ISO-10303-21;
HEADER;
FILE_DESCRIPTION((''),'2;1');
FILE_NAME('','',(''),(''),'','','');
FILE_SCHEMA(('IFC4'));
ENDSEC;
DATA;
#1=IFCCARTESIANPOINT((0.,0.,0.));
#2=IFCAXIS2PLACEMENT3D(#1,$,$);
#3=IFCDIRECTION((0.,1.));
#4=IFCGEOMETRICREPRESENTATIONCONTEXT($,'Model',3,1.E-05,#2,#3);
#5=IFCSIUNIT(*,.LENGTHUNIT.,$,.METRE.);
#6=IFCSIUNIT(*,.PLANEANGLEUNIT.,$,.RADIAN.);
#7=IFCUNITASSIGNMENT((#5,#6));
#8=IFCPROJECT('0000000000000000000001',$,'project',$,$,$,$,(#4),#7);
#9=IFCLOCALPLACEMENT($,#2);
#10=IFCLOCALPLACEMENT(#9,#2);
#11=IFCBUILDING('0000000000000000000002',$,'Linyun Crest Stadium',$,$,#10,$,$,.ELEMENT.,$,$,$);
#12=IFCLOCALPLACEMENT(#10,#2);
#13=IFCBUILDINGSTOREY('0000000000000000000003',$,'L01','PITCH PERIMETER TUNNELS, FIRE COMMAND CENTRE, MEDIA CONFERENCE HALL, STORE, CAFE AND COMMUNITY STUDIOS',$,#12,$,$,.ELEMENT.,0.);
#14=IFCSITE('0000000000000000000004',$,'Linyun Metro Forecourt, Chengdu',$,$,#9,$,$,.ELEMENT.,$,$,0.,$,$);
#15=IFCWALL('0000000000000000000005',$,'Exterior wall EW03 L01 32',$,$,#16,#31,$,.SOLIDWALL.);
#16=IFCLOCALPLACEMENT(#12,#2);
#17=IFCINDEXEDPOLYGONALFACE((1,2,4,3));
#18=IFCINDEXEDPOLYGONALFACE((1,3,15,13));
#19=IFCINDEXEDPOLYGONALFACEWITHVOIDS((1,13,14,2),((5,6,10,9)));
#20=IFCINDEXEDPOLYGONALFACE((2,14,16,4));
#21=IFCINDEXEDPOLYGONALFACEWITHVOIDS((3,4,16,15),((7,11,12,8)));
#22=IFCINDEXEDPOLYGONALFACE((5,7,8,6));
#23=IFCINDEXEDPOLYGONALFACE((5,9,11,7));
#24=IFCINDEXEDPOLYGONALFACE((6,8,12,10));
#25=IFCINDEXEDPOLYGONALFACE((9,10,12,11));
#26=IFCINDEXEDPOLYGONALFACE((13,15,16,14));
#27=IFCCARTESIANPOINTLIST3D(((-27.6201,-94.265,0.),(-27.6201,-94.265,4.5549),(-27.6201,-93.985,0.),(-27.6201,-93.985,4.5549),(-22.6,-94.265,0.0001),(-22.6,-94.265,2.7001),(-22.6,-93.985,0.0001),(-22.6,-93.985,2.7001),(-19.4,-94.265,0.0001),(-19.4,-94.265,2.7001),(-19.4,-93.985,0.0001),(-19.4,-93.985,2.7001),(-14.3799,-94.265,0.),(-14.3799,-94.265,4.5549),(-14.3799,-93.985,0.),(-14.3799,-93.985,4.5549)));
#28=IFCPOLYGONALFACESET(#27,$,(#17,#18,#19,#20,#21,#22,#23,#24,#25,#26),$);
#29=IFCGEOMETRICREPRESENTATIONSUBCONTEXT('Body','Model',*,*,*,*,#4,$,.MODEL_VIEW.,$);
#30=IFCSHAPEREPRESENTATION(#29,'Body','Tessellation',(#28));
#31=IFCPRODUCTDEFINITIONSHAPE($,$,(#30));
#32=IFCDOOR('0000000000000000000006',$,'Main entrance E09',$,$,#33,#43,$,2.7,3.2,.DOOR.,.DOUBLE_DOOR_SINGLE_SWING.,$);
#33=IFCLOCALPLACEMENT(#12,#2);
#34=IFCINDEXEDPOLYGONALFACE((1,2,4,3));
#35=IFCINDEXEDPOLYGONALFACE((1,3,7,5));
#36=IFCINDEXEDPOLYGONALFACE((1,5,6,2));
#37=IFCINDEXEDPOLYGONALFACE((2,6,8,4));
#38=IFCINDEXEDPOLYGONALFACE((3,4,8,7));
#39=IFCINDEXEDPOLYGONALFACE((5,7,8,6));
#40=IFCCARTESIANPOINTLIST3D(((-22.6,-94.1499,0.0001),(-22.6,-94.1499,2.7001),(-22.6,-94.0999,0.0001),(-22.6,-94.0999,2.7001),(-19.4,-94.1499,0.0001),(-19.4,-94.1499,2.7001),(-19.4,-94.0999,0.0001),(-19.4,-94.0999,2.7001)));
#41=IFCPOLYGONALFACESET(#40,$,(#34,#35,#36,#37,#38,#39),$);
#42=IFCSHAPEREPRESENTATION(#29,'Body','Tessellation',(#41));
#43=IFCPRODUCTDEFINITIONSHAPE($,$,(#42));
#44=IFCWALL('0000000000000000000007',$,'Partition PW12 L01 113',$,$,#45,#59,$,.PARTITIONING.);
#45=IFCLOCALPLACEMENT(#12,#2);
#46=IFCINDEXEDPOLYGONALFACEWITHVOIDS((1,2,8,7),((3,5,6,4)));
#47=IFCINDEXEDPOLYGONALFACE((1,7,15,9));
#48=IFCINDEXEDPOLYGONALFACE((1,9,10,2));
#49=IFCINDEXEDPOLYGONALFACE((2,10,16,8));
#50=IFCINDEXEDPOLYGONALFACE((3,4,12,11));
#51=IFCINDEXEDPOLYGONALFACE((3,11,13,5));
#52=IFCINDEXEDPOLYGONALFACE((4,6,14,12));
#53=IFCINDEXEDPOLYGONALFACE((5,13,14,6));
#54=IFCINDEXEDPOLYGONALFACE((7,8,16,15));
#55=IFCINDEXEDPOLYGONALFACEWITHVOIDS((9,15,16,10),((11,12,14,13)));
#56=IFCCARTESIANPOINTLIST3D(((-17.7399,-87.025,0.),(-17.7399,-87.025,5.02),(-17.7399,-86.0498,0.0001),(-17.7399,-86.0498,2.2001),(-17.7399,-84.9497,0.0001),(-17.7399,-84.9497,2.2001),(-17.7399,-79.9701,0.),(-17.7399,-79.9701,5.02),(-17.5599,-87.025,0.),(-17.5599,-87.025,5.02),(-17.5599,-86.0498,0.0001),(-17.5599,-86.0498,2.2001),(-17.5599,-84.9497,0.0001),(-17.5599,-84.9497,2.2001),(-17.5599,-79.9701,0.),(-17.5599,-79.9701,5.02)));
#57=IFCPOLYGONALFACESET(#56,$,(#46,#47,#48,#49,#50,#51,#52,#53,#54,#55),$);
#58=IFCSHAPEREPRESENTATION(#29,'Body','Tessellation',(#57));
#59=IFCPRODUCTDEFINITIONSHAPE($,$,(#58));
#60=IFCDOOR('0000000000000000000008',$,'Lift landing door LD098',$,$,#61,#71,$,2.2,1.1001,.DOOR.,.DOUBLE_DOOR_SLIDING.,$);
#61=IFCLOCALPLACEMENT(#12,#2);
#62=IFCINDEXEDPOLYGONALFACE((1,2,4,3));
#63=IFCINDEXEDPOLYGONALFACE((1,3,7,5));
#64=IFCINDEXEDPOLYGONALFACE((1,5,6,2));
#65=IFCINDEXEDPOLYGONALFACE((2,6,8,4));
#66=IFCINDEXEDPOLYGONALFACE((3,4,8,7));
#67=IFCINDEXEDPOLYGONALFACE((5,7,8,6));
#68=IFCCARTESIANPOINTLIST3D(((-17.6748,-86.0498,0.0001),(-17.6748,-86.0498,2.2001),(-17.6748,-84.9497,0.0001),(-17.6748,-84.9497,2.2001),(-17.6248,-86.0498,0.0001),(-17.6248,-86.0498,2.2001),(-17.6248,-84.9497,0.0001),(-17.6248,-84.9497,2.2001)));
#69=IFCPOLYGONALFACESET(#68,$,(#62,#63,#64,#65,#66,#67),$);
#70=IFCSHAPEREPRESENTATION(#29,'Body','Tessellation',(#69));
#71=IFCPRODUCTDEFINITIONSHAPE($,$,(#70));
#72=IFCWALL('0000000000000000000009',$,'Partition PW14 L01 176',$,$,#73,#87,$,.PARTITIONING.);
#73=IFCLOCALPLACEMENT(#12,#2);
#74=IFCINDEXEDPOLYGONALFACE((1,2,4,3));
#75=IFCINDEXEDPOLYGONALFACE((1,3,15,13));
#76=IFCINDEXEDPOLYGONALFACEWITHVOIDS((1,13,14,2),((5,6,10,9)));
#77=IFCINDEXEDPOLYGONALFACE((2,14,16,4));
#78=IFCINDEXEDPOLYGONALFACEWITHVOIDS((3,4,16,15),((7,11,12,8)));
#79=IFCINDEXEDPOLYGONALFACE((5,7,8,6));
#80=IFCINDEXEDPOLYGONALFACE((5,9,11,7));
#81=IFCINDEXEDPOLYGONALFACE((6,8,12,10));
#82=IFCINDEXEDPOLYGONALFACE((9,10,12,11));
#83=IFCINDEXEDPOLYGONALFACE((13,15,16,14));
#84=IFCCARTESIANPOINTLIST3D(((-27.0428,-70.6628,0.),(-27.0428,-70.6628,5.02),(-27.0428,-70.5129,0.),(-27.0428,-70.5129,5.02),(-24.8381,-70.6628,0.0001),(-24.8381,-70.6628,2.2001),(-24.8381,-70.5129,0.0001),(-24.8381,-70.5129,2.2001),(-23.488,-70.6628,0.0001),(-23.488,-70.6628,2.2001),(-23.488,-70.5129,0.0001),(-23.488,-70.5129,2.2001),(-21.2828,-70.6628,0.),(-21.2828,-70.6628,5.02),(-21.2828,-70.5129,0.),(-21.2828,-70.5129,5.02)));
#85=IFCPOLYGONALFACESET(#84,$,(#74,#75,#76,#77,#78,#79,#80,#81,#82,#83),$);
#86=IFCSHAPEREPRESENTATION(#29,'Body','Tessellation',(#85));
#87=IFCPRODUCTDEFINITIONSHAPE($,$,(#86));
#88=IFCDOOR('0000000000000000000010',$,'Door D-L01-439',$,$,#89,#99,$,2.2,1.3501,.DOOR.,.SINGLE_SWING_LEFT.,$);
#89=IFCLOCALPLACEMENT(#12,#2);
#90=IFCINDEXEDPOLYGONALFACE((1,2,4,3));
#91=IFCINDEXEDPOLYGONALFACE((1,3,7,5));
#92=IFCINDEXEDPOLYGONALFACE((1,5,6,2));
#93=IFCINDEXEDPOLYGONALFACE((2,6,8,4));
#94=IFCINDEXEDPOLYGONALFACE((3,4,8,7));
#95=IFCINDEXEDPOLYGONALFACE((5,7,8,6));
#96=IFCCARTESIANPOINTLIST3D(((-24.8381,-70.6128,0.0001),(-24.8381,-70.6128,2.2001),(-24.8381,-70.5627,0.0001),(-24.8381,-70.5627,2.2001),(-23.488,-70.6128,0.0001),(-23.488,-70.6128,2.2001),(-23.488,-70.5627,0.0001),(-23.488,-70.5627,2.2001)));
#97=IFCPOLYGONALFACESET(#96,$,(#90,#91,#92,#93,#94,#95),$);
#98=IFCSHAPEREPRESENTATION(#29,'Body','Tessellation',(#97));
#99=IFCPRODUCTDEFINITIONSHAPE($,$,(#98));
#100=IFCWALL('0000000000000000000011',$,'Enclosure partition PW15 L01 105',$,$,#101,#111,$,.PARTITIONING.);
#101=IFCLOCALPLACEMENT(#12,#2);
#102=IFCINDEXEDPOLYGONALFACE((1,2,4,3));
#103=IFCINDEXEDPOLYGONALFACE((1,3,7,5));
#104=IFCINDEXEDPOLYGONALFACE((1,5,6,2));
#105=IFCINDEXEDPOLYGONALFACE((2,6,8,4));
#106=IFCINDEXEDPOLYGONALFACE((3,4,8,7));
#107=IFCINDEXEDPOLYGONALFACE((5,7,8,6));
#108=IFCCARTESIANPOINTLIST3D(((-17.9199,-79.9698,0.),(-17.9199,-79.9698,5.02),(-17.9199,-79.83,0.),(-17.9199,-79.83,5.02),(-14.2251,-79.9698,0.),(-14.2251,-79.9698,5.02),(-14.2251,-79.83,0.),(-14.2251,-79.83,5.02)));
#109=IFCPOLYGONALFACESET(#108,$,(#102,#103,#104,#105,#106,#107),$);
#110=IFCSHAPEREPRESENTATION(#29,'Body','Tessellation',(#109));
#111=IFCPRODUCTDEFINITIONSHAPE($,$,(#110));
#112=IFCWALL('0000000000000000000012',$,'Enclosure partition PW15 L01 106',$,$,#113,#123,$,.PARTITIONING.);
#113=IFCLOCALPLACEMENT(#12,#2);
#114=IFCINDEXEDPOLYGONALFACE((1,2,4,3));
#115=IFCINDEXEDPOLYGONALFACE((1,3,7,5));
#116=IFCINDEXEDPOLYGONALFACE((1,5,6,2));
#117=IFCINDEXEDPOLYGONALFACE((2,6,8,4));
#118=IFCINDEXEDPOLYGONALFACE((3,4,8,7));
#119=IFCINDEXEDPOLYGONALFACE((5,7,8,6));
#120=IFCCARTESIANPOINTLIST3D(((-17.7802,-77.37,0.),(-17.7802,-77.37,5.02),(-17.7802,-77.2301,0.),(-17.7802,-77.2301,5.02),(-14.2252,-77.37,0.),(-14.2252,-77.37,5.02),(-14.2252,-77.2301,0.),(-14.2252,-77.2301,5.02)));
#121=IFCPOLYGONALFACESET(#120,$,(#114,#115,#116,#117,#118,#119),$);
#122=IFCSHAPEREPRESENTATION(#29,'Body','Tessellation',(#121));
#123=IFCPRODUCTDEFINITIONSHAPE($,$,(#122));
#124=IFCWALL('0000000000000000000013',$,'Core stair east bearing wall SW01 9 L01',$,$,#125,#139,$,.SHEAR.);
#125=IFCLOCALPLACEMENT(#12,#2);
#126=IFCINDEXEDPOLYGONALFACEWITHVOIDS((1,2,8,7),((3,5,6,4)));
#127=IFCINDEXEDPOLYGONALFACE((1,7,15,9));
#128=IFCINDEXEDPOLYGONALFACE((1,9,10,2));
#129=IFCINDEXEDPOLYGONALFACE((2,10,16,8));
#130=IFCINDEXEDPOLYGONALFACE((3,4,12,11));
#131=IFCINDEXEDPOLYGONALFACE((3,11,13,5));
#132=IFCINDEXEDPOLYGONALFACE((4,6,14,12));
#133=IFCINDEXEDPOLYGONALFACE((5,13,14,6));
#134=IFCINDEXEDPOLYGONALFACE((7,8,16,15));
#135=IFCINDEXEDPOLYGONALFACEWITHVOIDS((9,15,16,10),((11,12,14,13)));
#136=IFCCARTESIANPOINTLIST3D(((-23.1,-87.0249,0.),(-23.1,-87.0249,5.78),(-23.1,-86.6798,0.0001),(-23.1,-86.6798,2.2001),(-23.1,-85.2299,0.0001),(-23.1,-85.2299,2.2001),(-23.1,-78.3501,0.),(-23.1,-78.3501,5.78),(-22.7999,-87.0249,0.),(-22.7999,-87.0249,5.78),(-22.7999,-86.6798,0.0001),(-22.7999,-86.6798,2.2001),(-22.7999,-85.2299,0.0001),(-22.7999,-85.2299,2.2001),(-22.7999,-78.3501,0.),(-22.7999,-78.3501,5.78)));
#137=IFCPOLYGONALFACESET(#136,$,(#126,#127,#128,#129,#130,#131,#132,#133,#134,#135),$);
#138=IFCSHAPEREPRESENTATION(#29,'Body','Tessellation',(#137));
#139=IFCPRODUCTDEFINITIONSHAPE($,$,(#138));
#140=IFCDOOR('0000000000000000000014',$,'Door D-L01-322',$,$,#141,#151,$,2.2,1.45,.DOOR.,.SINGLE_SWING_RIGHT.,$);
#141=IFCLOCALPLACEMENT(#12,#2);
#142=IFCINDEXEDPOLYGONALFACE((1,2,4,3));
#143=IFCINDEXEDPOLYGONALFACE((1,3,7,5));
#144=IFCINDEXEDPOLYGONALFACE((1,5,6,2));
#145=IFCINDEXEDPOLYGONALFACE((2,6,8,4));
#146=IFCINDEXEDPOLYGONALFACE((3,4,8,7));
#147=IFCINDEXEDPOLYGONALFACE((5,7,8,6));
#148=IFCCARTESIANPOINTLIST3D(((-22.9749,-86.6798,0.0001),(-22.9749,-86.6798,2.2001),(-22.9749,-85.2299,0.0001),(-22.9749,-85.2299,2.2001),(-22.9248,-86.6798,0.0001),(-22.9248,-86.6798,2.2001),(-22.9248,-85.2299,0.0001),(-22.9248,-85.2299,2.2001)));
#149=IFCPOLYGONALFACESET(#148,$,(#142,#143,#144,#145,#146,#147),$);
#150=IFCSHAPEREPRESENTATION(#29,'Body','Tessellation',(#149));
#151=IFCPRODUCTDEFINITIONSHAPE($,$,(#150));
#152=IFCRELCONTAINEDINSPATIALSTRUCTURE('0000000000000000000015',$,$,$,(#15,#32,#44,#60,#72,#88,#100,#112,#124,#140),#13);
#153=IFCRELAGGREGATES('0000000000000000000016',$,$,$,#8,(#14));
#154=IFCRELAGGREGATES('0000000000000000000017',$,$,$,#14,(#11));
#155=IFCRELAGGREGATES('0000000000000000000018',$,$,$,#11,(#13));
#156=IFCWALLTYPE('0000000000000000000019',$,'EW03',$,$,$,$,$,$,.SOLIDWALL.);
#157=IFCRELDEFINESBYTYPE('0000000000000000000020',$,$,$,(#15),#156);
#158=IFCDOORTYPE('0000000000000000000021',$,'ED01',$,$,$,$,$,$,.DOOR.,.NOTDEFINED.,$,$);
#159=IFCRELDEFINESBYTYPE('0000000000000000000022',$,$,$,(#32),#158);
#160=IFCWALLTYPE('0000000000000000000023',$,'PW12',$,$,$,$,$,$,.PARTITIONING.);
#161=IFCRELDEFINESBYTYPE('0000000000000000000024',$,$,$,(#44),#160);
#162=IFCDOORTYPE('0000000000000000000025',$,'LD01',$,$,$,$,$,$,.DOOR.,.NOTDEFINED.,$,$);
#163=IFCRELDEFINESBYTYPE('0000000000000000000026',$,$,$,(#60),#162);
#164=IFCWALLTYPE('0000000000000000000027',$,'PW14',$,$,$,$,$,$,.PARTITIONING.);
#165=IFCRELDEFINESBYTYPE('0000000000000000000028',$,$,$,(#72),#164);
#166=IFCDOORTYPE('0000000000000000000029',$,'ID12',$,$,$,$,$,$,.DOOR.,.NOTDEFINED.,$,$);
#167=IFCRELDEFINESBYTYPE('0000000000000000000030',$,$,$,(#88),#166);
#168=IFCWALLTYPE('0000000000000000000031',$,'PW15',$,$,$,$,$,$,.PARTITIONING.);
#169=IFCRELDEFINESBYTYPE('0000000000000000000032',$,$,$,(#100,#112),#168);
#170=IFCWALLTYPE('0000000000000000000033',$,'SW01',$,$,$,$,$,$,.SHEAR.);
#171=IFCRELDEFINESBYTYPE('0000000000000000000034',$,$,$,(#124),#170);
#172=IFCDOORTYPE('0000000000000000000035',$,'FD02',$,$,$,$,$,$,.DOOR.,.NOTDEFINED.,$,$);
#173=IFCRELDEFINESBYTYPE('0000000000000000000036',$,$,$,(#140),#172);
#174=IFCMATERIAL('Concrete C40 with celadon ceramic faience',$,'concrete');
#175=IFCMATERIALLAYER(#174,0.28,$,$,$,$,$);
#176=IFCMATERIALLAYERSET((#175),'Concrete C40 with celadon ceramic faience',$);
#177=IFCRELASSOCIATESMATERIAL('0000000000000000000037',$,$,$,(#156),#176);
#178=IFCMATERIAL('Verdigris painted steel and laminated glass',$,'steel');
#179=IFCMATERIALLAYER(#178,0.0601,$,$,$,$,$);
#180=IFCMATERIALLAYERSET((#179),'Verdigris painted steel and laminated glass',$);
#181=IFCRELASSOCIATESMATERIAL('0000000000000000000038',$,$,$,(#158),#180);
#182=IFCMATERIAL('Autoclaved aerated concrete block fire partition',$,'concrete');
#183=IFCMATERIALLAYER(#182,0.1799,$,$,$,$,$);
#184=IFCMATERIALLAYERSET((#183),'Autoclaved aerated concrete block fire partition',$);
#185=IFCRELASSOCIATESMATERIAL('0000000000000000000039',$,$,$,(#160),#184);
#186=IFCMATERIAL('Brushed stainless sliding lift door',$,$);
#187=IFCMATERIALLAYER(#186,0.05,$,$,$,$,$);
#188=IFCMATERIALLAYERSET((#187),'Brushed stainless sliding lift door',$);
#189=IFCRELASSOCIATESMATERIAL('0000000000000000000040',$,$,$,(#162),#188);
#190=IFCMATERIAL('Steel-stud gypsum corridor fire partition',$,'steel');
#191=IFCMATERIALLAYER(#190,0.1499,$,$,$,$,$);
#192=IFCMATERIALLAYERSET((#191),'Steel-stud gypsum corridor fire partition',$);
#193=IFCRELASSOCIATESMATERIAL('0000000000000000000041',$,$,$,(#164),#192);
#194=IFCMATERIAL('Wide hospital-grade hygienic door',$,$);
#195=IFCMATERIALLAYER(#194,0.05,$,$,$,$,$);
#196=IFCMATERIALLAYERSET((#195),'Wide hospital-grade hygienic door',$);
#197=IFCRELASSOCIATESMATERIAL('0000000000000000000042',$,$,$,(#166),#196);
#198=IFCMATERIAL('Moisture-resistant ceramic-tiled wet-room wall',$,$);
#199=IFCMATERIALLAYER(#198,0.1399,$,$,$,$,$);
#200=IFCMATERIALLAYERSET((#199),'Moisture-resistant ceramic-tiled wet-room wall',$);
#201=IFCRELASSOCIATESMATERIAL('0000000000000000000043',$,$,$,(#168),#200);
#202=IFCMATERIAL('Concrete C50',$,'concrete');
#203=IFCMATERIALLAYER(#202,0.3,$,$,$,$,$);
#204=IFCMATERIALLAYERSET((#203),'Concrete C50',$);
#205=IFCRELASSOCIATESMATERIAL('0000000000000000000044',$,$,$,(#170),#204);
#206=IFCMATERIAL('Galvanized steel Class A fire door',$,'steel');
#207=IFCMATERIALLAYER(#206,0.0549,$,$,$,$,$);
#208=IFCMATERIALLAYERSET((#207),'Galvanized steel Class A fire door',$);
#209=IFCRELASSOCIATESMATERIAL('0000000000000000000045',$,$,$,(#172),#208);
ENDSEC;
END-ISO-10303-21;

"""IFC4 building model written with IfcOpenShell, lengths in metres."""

from ifc_helpers import new_model, si_unit, direction, frame, frame_2d, origin, place, context, subcontext, project, spatial, rectangle, extrude, material, layer, layer_set, type_object, element, fill, save


model = new_model("IFC4")

# Units and contexts
model_context = context("Model", 3, precision=1e-05, world=origin(), true_north=direction((0.0, 1.0)))
body_context = subcontext(model_context, "Body", "Model", "MODEL_VIEW")
ifc_project = project(units=[si_unit("LENGTHUNIT", "METRE"), si_unit("PLANEANGLEUNIT", "RADIAN")], contexts=[model_context])

# Site, building, storey
site_placement = place(None, origin())
site = spatial("IfcSite", under=ifc_project, at=site_placement, Name="Linyun Metro Forecourt, Chengdu", CompositionType="ELEMENT", RefElevation=0.0)
building_placement = place(site_placement, origin())
building = spatial("IfcBuilding", under=site, at=building_placement, Name="Linyun Crest Stadium", CompositionType="ELEMENT")
storey_placement = place(building_placement, origin())
storey = spatial("IfcBuildingStorey", under=building, at=storey_placement, Name="L01", Description="PITCH PERIMETER TUNNELS, FIRE COMMAND CENTRE, MEDIA CONFERENCE HALL, STORE, CAFE AND COMMUNITY STUDIOS", CompositionType="ELEMENT", Elevation=0.0)

# Walls, openings, doors
ifc_material_1 = material(Name="Concrete C40 with celadon ceramic faience", Category="concrete")
ifc_layer_1 = layer(ifc_material_1, 0.28)
ifc_layer_set_1 = layer_set([ifc_layer_1], Name="Concrete C40 with celadon ceramic faience")
wall_type_1 = type_object("IfcWallType", Name="EW03", PredefinedType="SOLIDWALL", material=ifc_layer_set_1)
wall_1_placement = place(storey_placement, frame((-14.3799, -94.125, 0.0), z_axis=(0.0, 0.0, 1.0), x_axis=(-1.0, 0.0, 0.0)))
wall_1 = element("IfcWall", 1, at=wall_1_placement, inside=storey, type_object=wall_type_1, Name="Exterior wall EW03 L01 32", PredefinedType="SOLIDWALL", context=body_context, shape_type="SweptSolid", body=[
    extrude(rectangle(XDim=13.2402, YDim=0.28, at=frame_2d((6.6201, 0.0))), origin(), (0.0, 0.0, 1.0), 4.5549),
])
opening_1_placement = place(wall_1_placement, frame((5.02, 0.0, 0.0)))
opening_1 = element("IfcOpeningElement", 2, at=opening_1_placement, cuts=wall_1, PredefinedType="OPENING", context=body_context, shape_type="SweptSolid", body=[
    extrude(rectangle(XDim=3.2, YDim=2.7, at=frame_2d((1.6001, 1.3501))), frame((0.0, 0.1499, 0.0), z_axis=(0.0, -1.0, 0.0), x_axis=(1.0, 0.0, 0.0)), (0.0, 0.0, 1.0), 0.3),
])
ifc_material_2 = material(Name="Verdigris painted steel and laminated glass", Category="steel")
ifc_layer_2 = layer(ifc_material_2, 0.0601)
ifc_layer_set_2 = layer_set([ifc_layer_2], Name="Verdigris painted steel and laminated glass")
door_type_1 = type_object("IfcDoorType", Name="ED01", OperationType="NOTDEFINED", PredefinedType="DOOR", material=ifc_layer_set_2)
door_1_placement = place(opening_1_placement, origin())
door_1 = element("IfcDoor", 3, at=door_1_placement, inside=storey, type_object=door_type_1, Name="Main entrance E09", OperationType="DOUBLE_DOOR_SINGLE_SWING", OverallHeight=2.7, OverallWidth=3.2, PredefinedType="DOOR", context=body_context, shape_type="SweptSolid", body=[
    extrude(rectangle(XDim=3.2, YDim=2.7, at=frame_2d((1.6001, 1.3501))), frame((0.0, 0.0249, 0.0), z_axis=(0.0, -1.0, 0.0), x_axis=(1.0, 0.0, 0.0)), (0.0, 0.0, 1.0), 0.05),
])
fill(opening_1, door_1)
ifc_material_3 = material(Name="Autoclaved aerated concrete block fire partition", Category="concrete")
ifc_layer_3 = layer(ifc_material_3, 0.1799)
ifc_layer_set_3 = layer_set([ifc_layer_3], Name="Autoclaved aerated concrete block fire partition")
wall_type_2 = type_object("IfcWallType", Name="PW12", PredefinedType="PARTITIONING", material=ifc_layer_set_3)
wall_2_placement = place(storey_placement, frame((-17.6499, -87.0249, 0.0), z_axis=(0.0, 0.0, 1.0), x_axis=(0.0, 1.0, 0.0)))
wall_2 = element("IfcWall", 4, at=wall_2_placement, inside=storey, type_object=wall_type_2, Name="Partition PW12 L01 113", PredefinedType="PARTITIONING", context=body_context, shape_type="SweptSolid", body=[
    extrude(rectangle(XDim=7.0549, YDim=0.1799, at=frame_2d((3.5273, 0.0))), origin(), (0.0, 0.0, 1.0), 5.02),
])
opening_2_placement = place(wall_2_placement, frame((0.9751, 0.0, 0.0)))
opening_2 = element("IfcOpeningElement", 5, at=opening_2_placement, cuts=wall_2, PredefinedType="OPENING", context=body_context, shape_type="SweptSolid", body=[
    extrude(rectangle(XDim=1.1001, YDim=2.2, at=frame_2d((0.55, 1.1001))), frame((0.0, 0.0999, 0.0), z_axis=(0.0, -1.0, 0.0), x_axis=(1.0, 0.0, 0.0)), (0.0, 0.0, 1.0), 0.2),
])
ifc_material_4 = material(Name="Brushed stainless sliding lift door")
ifc_layer_4 = layer(ifc_material_4, 0.05)
ifc_layer_set_4 = layer_set([ifc_layer_4], Name="Brushed stainless sliding lift door")
door_type_2 = type_object("IfcDoorType", Name="LD01", OperationType="NOTDEFINED", PredefinedType="DOOR", material=ifc_layer_set_4)
door_2_placement = place(opening_2_placement, origin())
door_2 = element("IfcDoor", 6, at=door_2_placement, inside=storey, type_object=door_type_2, Name="Lift landing door LD098", OperationType="DOUBLE_DOOR_SLIDING", OverallHeight=2.2, OverallWidth=1.1001, PredefinedType="DOOR", context=body_context, shape_type="SweptSolid", body=[
    extrude(rectangle(XDim=1.1001, YDim=2.2, at=frame_2d((0.55, 1.1001))), frame((0.0, 0.0249, 0.0), z_axis=(0.0, -1.0, 0.0), x_axis=(1.0, 0.0, 0.0)), (0.0, 0.0, 1.0), 0.05),
])
fill(opening_2, door_2)
ifc_material_5 = material(Name="Steel-stud gypsum corridor fire partition", Category="steel")
ifc_layer_5 = layer(ifc_material_5, 0.1499)
ifc_layer_set_5 = layer_set([ifc_layer_5], Name="Steel-stud gypsum corridor fire partition")
wall_type_3 = type_object("IfcWallType", Name="PW14", PredefinedType="PARTITIONING", material=ifc_layer_set_5)
wall_3_placement = place(storey_placement, frame((-21.283, -70.5879, 0.0), z_axis=(0.0, 0.0, 1.0), x_axis=(-1.0, 0.0, 0.0)))
wall_3 = element("IfcWall", 7, at=wall_3_placement, inside=storey, type_object=wall_type_3, Name="Partition PW14 L01 176", PredefinedType="PARTITIONING", context=body_context, shape_type="SweptSolid", body=[
    extrude(rectangle(XDim=5.76, YDim=0.1499, at=frame_2d((2.8799, 0.0))), origin(), (0.0, 0.0, 1.0), 5.02),
])
opening_3_placement = place(wall_3_placement, frame((2.2051, 0.0, 0.0)))
opening_3 = element("IfcOpeningElement", 8, at=opening_3_placement, cuts=wall_3, PredefinedType="OPENING", context=body_context, shape_type="SweptSolid", body=[
    extrude(rectangle(XDim=1.3501, YDim=2.2, at=frame_2d((0.675, 1.1001))), frame((0.0, 0.085, 0.0), z_axis=(0.0, -1.0, 0.0), x_axis=(1.0, 0.0, 0.0)), (0.0, 0.0, 1.0), 0.1699),
])
ifc_material_6 = material(Name="Wide hospital-grade hygienic door")
ifc_layer_6 = layer(ifc_material_6, 0.05)
ifc_layer_set_6 = layer_set([ifc_layer_6], Name="Wide hospital-grade hygienic door")
door_type_3 = type_object("IfcDoorType", Name="ID12", OperationType="NOTDEFINED", PredefinedType="DOOR", material=ifc_layer_set_6)
door_3_placement = place(opening_3_placement, origin())
door_3 = element("IfcDoor", 9, at=door_3_placement, inside=storey, type_object=door_type_3, Name="Door D-L01-439", OperationType="SINGLE_SWING_LEFT", OverallHeight=2.2, OverallWidth=1.3501, PredefinedType="DOOR", context=body_context, shape_type="SweptSolid", body=[
    extrude(rectangle(XDim=1.3501, YDim=2.2, at=frame_2d((0.675, 1.1001))), frame((0.0, 0.0249, 0.0), z_axis=(0.0, -1.0, 0.0), x_axis=(1.0, 0.0, 0.0)), (0.0, 0.0, 1.0), 0.05),
])
fill(opening_3, door_3)

# Shared definitions
ifc_material_7 = material(Name="Moisture-resistant ceramic-tiled wet-room wall")
ifc_layer_7 = layer(ifc_material_7, 0.1399)
ifc_layer_set_7 = layer_set([ifc_layer_7], Name="Moisture-resistant ceramic-tiled wet-room wall")
wall_type_4 = type_object("IfcWallType", Name="PW15", PredefinedType="PARTITIONING", material=ifc_layer_set_7)

# Walls
wall_4_placement = place(storey_placement, frame((-17.9199, -79.8999, 0.0), z_axis=(0.0, 0.0, 1.0), x_axis=(1.0, 0.0, 0.0)))
element("IfcWall", 10, at=wall_4_placement, inside=storey, type_object=wall_type_4, Name="Enclosure partition PW15 L01 105", PredefinedType="PARTITIONING", context=body_context, shape_type="SweptSolid", body=[
    extrude(rectangle(XDim=3.6948, YDim=0.1399, at=frame_2d((1.8474, 0.0))), origin(), (0.0, 0.0, 1.0), 5.02),
])
wall_5_placement = place(storey_placement, frame((-17.78, -77.3, 0.0), z_axis=(0.0, 0.0, 1.0), x_axis=(1.0, 0.0, 0.0)))
element("IfcWall", 11, at=wall_5_placement, inside=storey, type_object=wall_type_4, Name="Enclosure partition PW15 L01 106", PredefinedType="PARTITIONING", context=body_context, shape_type="SweptSolid", body=[
    extrude(rectangle(XDim=3.5549, YDim=0.1399, at=frame_2d((1.7773, 0.0))), origin(), (0.0, 0.0, 1.0), 5.02),
])

# Wall, opening, door
ifc_material_8 = material(Name="Concrete C50", Category="concrete")
ifc_layer_8 = layer(ifc_material_8, 0.3)
ifc_layer_set_8 = layer_set([ifc_layer_8], Name="Concrete C50")
wall_type_5 = type_object("IfcWallType", Name="SW01", PredefinedType="SHEAR", material=ifc_layer_set_8)
wall_6_placement = place(storey_placement, frame((-22.95, -87.0249, 0.0), z_axis=(0.0, 0.0, 1.0), x_axis=(0.0, 1.0, 0.0)))
wall_6 = element("IfcWall", 12, at=wall_6_placement, inside=storey, type_object=wall_type_5, Name="Core stair east bearing wall SW01 9 L01", PredefinedType="SHEAR", context=body_context, shape_type="SweptSolid", body=[
    extrude(rectangle(XDim=8.6748, YDim=0.3, at=frame_2d((4.3374, 0.0))), origin(), (0.0, 0.0, 1.0), 5.78),
])
opening_4_placement = place(wall_6_placement, frame((0.345, 0.0, 0.0)))
opening_4 = element("IfcOpeningElement", 13, at=opening_4_placement, cuts=wall_6, PredefinedType="OPENING", context=body_context, shape_type="SweptSolid", body=[
    extrude(rectangle(XDim=1.45, YDim=2.2, at=frame_2d((0.7251, 1.1001))), frame((0.0, 0.1599, 0.0), z_axis=(0.0, -1.0, 0.0), x_axis=(1.0, 0.0, 0.0)), (0.0, 0.0, 1.0), 0.3201),
])
ifc_material_9 = material(Name="Galvanized steel Class A fire door", Category="steel")
ifc_layer_9 = layer(ifc_material_9, 0.0549)
ifc_layer_set_9 = layer_set([ifc_layer_9], Name="Galvanized steel Class A fire door")
door_type_4 = type_object("IfcDoorType", Name="FD02", OperationType="NOTDEFINED", PredefinedType="DOOR", material=ifc_layer_set_9)
door_4_placement = place(opening_4_placement, origin())
door_4 = element("IfcDoor", 14, at=door_4_placement, inside=storey, type_object=door_type_4, Name="Door D-L01-322", OperationType="SINGLE_SWING_RIGHT", OverallHeight=2.2, OverallWidth=1.45, PredefinedType="DOOR", context=body_context, shape_type="SweptSolid", body=[
    extrude(rectangle(XDim=1.45, YDim=2.2, at=frame_2d((0.7251, 1.1001))), frame((0.0, 0.0249, 0.0), z_axis=(0.0, -1.0, 0.0), x_axis=(1.0, 0.0, 0.0)), (0.0, 0.0, 1.0), 0.05),
])
fill(opening_4, door_4)

save(model, "model.ifc")
